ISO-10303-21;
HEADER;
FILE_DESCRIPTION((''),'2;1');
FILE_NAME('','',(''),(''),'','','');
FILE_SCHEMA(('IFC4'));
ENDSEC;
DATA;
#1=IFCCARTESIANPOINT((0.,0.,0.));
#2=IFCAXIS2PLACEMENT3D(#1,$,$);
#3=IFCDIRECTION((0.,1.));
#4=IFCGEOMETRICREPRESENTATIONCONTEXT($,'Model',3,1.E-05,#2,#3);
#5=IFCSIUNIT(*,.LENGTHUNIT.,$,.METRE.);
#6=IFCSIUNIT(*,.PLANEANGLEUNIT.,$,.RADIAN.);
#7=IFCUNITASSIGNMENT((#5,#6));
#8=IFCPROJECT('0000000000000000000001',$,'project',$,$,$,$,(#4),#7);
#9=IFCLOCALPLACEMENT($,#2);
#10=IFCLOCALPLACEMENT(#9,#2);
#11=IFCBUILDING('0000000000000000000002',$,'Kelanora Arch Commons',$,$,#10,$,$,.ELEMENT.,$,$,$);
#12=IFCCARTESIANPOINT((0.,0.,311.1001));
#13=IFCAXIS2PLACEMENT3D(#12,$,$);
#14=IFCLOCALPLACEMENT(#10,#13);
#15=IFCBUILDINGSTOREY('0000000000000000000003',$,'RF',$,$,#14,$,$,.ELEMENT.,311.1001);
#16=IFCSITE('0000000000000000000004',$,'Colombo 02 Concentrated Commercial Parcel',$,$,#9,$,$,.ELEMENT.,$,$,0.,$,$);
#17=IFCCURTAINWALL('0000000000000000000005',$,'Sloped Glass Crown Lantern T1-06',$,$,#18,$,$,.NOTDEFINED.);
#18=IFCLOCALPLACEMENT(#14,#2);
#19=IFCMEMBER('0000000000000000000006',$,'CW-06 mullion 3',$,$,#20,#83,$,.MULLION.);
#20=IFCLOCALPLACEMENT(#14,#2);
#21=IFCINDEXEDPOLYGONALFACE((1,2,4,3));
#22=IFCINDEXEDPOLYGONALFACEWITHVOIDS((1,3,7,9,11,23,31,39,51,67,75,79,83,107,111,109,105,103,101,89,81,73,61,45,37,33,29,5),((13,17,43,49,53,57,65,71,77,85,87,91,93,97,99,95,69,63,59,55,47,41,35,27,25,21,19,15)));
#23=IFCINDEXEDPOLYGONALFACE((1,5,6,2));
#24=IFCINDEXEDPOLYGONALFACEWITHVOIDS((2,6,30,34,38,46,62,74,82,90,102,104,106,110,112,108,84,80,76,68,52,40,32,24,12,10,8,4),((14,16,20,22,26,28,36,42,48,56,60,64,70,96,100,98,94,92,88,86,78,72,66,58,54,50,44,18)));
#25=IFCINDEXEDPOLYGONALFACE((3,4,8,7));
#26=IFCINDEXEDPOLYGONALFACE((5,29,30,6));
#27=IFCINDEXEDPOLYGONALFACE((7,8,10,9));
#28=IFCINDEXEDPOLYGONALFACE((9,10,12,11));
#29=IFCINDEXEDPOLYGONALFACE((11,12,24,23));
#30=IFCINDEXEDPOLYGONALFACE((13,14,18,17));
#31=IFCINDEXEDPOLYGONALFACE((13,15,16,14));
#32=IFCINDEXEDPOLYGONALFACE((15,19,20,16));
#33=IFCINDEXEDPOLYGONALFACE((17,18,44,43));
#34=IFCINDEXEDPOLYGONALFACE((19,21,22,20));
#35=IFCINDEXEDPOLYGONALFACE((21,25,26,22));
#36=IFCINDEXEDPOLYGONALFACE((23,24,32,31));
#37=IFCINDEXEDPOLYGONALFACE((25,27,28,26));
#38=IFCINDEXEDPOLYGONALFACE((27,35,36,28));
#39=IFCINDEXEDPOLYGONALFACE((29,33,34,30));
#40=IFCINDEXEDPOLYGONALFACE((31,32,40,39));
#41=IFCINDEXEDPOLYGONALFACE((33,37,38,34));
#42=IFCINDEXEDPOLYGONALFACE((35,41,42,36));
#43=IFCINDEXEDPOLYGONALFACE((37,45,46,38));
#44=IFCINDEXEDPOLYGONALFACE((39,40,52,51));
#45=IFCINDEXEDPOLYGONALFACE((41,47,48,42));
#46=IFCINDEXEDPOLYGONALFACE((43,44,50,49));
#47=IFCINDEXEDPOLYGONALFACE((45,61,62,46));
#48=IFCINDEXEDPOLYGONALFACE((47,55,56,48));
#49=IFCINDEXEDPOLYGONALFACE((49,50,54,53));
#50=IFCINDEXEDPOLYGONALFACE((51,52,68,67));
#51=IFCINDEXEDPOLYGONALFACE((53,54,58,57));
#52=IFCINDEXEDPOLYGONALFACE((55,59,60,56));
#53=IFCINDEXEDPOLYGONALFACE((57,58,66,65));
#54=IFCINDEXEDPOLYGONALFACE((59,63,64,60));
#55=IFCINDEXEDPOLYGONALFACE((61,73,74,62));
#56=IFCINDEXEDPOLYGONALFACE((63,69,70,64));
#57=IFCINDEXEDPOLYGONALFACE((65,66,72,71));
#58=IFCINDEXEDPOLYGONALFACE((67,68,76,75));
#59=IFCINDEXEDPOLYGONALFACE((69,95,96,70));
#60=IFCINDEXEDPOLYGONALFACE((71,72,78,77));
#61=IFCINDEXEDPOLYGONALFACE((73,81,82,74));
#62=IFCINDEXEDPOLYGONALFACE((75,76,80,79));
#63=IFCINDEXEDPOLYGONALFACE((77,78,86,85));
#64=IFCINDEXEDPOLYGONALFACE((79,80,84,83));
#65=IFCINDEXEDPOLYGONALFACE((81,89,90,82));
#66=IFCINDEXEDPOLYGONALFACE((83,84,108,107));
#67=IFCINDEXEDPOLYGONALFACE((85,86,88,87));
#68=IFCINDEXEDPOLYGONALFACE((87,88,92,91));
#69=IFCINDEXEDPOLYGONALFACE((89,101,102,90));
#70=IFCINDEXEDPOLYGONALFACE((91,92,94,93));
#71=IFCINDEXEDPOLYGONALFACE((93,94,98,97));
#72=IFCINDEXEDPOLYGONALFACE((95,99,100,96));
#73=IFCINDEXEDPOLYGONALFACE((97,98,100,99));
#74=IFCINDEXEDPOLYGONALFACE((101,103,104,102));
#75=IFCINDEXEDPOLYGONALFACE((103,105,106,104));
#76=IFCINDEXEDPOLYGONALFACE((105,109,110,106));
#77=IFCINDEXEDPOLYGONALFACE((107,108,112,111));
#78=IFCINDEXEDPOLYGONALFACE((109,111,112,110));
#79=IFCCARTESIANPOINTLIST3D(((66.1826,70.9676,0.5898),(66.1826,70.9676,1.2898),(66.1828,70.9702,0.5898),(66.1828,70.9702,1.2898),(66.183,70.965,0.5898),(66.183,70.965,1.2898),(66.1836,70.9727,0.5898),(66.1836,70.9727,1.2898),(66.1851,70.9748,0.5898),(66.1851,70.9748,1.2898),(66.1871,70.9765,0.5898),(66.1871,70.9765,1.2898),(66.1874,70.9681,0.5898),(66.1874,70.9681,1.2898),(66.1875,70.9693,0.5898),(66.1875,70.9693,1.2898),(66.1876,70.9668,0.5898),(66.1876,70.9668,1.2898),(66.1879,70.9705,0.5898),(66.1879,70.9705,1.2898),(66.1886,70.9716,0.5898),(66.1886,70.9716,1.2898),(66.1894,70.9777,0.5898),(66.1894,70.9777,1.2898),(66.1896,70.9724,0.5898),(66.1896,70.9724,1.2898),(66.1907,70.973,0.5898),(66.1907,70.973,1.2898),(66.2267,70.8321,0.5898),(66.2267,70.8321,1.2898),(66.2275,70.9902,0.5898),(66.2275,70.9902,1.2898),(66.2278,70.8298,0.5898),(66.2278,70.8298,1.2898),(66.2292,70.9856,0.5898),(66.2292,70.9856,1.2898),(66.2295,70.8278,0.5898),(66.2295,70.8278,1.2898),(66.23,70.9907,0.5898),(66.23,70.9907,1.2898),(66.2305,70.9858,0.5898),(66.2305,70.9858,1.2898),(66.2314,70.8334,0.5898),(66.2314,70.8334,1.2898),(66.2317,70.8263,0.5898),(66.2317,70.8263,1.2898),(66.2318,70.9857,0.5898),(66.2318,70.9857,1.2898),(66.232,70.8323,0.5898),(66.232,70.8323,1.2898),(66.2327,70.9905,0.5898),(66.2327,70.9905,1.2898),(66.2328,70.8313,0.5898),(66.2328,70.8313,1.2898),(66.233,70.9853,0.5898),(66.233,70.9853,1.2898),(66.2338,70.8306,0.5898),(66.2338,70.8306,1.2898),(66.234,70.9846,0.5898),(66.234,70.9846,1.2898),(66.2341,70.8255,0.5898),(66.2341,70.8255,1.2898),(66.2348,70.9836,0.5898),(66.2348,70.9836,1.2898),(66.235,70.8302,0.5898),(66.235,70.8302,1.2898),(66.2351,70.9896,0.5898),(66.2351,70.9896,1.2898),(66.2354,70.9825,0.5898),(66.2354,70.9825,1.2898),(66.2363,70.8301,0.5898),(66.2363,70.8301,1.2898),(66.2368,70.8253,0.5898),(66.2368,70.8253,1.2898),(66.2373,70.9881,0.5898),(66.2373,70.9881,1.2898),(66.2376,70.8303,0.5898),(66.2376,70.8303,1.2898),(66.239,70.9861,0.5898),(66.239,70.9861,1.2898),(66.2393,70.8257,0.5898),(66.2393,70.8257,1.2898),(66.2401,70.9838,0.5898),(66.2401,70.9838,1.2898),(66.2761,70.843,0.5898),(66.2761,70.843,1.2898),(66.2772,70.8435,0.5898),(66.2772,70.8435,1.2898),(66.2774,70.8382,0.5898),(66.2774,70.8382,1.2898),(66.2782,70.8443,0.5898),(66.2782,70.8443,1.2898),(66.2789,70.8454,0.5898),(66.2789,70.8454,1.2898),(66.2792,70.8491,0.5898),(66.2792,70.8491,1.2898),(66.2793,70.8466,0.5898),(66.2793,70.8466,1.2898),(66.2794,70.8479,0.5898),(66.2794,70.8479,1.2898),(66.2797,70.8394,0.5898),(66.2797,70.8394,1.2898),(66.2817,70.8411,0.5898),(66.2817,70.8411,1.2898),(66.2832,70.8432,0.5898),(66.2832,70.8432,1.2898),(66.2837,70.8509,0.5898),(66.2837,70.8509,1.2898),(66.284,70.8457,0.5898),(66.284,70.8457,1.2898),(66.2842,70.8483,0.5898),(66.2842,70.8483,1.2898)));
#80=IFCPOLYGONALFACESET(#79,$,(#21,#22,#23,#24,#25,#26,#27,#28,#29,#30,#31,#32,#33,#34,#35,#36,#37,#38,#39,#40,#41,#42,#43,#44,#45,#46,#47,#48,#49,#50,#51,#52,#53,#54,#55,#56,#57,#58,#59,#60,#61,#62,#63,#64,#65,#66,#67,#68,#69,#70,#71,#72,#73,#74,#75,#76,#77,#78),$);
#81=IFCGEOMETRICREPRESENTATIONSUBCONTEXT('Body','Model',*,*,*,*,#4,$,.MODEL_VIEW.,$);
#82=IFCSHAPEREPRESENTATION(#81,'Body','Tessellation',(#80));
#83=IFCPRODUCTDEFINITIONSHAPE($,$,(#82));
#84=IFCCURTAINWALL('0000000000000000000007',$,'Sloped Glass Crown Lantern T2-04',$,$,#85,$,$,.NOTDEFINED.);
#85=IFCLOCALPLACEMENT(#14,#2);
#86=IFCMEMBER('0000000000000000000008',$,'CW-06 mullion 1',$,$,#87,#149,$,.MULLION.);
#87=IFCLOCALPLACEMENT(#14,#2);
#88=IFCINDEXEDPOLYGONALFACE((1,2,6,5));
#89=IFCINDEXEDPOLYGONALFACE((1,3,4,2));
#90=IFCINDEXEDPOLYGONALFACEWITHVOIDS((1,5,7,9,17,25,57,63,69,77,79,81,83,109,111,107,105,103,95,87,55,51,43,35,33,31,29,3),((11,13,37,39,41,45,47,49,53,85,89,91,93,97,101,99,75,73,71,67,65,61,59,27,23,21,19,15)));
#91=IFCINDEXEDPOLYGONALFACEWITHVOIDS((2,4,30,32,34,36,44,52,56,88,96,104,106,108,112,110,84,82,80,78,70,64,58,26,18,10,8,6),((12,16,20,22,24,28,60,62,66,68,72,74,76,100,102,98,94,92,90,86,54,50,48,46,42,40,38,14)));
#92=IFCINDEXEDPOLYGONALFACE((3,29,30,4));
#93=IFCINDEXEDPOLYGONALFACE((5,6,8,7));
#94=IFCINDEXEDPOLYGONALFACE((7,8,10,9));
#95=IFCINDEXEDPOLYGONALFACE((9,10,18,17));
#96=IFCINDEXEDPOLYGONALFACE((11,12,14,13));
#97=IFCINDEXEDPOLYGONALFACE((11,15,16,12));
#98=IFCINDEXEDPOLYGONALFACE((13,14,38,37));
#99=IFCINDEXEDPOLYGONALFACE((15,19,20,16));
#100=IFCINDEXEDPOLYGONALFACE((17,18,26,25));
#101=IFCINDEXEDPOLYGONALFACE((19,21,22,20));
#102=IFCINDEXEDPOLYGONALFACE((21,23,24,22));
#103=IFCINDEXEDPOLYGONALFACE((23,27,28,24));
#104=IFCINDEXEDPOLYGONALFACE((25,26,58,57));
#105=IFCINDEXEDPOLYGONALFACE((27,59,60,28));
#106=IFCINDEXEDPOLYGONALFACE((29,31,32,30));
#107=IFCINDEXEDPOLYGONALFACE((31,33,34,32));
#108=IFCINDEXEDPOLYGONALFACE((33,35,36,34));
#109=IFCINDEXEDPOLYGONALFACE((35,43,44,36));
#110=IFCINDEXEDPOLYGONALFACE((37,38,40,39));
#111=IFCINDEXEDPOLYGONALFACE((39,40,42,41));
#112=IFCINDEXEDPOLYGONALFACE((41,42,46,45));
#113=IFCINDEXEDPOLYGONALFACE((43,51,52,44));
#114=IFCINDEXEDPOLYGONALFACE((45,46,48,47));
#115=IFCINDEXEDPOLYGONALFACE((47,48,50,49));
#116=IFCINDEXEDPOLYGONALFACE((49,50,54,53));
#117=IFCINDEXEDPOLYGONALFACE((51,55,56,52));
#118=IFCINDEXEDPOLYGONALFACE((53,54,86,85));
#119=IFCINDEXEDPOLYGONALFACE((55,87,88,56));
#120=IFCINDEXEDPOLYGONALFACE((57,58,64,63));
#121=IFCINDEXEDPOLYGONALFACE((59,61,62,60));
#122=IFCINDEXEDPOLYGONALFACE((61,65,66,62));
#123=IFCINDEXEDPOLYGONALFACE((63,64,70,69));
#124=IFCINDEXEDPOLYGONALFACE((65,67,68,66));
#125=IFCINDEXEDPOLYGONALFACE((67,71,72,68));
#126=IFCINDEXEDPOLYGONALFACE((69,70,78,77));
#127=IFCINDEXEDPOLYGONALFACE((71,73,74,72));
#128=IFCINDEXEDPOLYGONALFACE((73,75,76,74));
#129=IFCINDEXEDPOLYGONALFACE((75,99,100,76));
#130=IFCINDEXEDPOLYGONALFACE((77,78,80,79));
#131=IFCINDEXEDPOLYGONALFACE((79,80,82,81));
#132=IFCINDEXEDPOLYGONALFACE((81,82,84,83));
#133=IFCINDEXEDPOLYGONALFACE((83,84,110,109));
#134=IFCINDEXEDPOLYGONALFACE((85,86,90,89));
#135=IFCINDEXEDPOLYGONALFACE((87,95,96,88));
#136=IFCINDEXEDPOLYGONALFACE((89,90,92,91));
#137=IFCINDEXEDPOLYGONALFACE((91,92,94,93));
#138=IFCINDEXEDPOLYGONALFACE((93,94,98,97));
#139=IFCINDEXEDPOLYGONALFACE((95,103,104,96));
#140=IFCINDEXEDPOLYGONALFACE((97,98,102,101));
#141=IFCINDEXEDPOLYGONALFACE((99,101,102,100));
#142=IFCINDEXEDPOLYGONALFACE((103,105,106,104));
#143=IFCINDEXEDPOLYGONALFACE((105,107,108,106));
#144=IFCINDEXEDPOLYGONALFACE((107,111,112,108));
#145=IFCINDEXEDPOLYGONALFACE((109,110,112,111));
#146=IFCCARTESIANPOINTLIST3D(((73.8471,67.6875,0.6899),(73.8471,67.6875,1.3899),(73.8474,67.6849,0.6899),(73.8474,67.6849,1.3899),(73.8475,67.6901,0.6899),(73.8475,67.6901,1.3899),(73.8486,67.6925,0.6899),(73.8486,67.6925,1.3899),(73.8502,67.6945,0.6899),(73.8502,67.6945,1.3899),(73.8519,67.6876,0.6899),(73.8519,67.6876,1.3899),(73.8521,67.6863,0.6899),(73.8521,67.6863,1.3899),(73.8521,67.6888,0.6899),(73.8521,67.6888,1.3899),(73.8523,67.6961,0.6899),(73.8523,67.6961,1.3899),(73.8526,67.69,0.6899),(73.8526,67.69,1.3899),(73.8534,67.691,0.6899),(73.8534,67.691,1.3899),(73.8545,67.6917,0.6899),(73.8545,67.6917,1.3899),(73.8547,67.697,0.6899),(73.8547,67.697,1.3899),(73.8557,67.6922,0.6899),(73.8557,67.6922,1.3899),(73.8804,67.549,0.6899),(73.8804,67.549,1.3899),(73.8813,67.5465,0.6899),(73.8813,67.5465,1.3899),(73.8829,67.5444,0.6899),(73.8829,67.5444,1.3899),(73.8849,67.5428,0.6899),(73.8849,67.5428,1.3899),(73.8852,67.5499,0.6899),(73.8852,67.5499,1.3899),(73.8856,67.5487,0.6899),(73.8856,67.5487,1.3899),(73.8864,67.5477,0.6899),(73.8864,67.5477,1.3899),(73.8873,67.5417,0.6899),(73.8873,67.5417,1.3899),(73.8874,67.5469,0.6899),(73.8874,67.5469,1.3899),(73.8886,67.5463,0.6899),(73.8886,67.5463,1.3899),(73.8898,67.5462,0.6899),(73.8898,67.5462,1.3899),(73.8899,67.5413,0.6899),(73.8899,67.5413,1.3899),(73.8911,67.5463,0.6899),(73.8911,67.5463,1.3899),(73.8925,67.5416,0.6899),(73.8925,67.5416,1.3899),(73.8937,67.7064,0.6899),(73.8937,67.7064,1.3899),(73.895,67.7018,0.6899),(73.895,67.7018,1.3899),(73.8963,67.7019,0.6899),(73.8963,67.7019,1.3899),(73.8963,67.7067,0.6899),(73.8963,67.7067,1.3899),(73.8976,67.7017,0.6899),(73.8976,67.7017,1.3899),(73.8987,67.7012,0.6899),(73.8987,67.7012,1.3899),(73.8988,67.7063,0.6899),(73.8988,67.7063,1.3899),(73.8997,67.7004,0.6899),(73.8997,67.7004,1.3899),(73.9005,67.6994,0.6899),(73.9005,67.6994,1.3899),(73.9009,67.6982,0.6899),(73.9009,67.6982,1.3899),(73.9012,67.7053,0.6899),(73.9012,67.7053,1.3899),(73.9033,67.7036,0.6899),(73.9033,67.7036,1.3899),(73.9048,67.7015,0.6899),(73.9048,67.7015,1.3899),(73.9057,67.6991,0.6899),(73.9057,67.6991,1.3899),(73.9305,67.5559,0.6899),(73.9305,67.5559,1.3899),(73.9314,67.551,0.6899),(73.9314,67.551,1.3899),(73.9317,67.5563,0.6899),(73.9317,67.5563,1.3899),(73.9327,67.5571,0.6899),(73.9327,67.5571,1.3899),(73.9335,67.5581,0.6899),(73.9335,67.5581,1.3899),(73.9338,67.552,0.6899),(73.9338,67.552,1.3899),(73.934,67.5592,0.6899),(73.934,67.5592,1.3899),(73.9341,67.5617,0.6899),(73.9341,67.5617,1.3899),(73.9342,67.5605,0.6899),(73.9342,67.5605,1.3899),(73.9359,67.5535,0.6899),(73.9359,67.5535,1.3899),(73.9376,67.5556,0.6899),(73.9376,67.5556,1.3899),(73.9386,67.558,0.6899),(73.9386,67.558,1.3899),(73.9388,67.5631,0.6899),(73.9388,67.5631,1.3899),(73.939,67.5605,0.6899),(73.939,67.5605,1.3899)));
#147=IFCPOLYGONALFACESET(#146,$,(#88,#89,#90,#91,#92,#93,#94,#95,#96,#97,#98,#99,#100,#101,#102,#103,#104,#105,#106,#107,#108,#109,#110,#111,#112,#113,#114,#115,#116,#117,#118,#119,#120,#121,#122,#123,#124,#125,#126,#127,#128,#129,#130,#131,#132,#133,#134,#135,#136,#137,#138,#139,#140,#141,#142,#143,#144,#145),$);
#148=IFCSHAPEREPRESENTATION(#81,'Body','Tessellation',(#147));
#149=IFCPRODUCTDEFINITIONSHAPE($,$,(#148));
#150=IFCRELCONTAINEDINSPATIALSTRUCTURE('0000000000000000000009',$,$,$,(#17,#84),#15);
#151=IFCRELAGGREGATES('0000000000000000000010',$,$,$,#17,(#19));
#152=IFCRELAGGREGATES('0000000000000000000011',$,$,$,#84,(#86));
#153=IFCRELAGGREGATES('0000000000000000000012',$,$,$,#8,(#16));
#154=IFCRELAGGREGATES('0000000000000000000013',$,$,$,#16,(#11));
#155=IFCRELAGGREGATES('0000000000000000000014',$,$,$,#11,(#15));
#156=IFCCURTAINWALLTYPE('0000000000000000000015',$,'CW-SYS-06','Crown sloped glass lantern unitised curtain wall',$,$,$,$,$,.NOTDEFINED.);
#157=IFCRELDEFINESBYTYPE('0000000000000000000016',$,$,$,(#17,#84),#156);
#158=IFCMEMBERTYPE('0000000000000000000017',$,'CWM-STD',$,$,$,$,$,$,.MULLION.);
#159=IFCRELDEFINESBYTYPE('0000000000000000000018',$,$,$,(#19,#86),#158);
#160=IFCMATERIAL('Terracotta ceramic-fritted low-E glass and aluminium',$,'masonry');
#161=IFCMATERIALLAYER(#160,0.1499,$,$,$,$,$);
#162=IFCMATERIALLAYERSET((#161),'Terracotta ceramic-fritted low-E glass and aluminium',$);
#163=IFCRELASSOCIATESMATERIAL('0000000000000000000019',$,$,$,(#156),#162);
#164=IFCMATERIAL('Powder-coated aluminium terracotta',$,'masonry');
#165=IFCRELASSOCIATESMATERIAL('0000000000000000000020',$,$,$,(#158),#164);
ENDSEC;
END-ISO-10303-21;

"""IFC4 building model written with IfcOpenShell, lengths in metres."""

from ifc_helpers import new_model, si_unit, direction, frame, origin, origin_2d, place, context, subcontext, project, spatial, hollow_rectangle, extrude, material, layer, layer_set, material_profile, profile_set, type_object, element, aggregate, save


model = new_model("IFC4")

# Units and contexts
model_context = context("Model", 3, precision=1e-05, world=origin(), true_north=direction((0.0, 1.0)))
body_context = subcontext(model_context, "Body", "Model", "MODEL_VIEW")
ifc_project = project(units=[si_unit("LENGTHUNIT", "METRE"), si_unit("PLANEANGLEUNIT", "RADIAN")], contexts=[model_context])

# Site, building, storey
site_placement = place(None, origin())
site = spatial("IfcSite", under=ifc_project, at=site_placement, Name="Colombo 02 Concentrated Commercial Parcel", CompositionType="ELEMENT", RefElevation=0.0)
building_placement = place(site_placement, origin())
building = spatial("IfcBuilding", under=site, at=building_placement, Name="Kelanora Arch Commons", CompositionType="ELEMENT")
storey_placement = place(building_placement, frame((0.0, 0.0, 311.1001)))
storey = spatial("IfcBuildingStorey", under=building, at=storey_placement, Name="RF", CompositionType="ELEMENT", Elevation=311.1001)

# Shared definitions
ifc_material_1 = material(Name="Terracotta ceramic-fritted low-E glass and aluminium", Category="masonry")
ifc_layer_1 = layer(ifc_material_1, 0.1499)
ifc_layer_set_1 = layer_set([ifc_layer_1], Name="Terracotta ceramic-fritted low-E glass and aluminium")
curtain_wall_type = type_object("IfcCurtainWallType", Name="CW-SYS-06", Description="Crown sloped glass lantern unitised curtain wall", PredefinedType="NOTDEFINED", material=ifc_layer_set_1)
ifc_material_2 = material(Name="Powder-coated aluminium terracotta", Category="masonry")
ifc_material_profile_1 = material_profile(ifc_material_2, hollow_rectangle(XDim=0.1599, YDim=0.0601, WallThickness=0.0049, InnerFilletRadius=0.0049, OuterFilletRadius=0.01, at=origin_2d()), Name="CWM160x60")
ifc_profile_set_1 = profile_set([ifc_material_profile_1], Name="Powder-coated aluminium terracotta")
member_type_1 = type_object("IfcMemberType", Name="CWM-STD", PredefinedType="MULLION", material=ifc_profile_set_1)

# Curtain walls, members
curtain_wall_1_placement = place(storey_placement, origin())
curtain_wall_1 = element("IfcCurtainWall", 1, at=curtain_wall_1_placement, inside=storey, type_object=curtain_wall_type, Name="Sloped Glass Crown Lantern T1-06", PredefinedType="NOTDEFINED")
member_1_placement = place(storey_placement, frame((66.2334, 70.908, 0.5898), z_axis=(0.0, 0.0, 1.0), x_axis=(0.311945, -0.9501, 0.0)))
member_1 = element("IfcMember", 2, at=member_1_placement, type_object=member_type_1, Name="CW-06 mullion 3", PredefinedType="MULLION", context=body_context, shape_type="SweptSolid", body=[
    extrude(hollow_rectangle(XDim=0.1599, YDim=0.0601, WallThickness=0.0049, InnerFilletRadius=0.0049, OuterFilletRadius=0.01, at=origin_2d()), origin(), (0.0, 0.0, 1.0), 0.7),
])
curtain_wall_2_placement = place(storey_placement, origin())
curtain_wall_2 = element("IfcCurtainWall", 3, at=curtain_wall_2_placement, inside=storey, type_object=curtain_wall_type, Name="Sloped Glass Crown Lantern T2-04", PredefinedType="NOTDEFINED")
member_2_placement = place(storey_placement, frame((73.8931, 67.624, 0.6899), z_axis=(0.0, 0.0, 1.0), x_axis=(0.235931, -0.97177, 0.0)))
member_2 = element("IfcMember", 4, at=member_2_placement, type_object=member_type_1, Name="CW-06 mullion 1", PredefinedType="MULLION", context=body_context, shape_type="SweptSolid", body=[
    extrude(hollow_rectangle(XDim=0.1599, YDim=0.0601, WallThickness=0.0049, InnerFilletRadius=0.0049, OuterFilletRadius=0.01, at=origin_2d()), origin(), (0.0, 0.0, 1.0), 0.7),
])

aggregate(curtain_wall_1, [member_1])
aggregate(curtain_wall_2, [member_2])

save(model, "model.ifc")
